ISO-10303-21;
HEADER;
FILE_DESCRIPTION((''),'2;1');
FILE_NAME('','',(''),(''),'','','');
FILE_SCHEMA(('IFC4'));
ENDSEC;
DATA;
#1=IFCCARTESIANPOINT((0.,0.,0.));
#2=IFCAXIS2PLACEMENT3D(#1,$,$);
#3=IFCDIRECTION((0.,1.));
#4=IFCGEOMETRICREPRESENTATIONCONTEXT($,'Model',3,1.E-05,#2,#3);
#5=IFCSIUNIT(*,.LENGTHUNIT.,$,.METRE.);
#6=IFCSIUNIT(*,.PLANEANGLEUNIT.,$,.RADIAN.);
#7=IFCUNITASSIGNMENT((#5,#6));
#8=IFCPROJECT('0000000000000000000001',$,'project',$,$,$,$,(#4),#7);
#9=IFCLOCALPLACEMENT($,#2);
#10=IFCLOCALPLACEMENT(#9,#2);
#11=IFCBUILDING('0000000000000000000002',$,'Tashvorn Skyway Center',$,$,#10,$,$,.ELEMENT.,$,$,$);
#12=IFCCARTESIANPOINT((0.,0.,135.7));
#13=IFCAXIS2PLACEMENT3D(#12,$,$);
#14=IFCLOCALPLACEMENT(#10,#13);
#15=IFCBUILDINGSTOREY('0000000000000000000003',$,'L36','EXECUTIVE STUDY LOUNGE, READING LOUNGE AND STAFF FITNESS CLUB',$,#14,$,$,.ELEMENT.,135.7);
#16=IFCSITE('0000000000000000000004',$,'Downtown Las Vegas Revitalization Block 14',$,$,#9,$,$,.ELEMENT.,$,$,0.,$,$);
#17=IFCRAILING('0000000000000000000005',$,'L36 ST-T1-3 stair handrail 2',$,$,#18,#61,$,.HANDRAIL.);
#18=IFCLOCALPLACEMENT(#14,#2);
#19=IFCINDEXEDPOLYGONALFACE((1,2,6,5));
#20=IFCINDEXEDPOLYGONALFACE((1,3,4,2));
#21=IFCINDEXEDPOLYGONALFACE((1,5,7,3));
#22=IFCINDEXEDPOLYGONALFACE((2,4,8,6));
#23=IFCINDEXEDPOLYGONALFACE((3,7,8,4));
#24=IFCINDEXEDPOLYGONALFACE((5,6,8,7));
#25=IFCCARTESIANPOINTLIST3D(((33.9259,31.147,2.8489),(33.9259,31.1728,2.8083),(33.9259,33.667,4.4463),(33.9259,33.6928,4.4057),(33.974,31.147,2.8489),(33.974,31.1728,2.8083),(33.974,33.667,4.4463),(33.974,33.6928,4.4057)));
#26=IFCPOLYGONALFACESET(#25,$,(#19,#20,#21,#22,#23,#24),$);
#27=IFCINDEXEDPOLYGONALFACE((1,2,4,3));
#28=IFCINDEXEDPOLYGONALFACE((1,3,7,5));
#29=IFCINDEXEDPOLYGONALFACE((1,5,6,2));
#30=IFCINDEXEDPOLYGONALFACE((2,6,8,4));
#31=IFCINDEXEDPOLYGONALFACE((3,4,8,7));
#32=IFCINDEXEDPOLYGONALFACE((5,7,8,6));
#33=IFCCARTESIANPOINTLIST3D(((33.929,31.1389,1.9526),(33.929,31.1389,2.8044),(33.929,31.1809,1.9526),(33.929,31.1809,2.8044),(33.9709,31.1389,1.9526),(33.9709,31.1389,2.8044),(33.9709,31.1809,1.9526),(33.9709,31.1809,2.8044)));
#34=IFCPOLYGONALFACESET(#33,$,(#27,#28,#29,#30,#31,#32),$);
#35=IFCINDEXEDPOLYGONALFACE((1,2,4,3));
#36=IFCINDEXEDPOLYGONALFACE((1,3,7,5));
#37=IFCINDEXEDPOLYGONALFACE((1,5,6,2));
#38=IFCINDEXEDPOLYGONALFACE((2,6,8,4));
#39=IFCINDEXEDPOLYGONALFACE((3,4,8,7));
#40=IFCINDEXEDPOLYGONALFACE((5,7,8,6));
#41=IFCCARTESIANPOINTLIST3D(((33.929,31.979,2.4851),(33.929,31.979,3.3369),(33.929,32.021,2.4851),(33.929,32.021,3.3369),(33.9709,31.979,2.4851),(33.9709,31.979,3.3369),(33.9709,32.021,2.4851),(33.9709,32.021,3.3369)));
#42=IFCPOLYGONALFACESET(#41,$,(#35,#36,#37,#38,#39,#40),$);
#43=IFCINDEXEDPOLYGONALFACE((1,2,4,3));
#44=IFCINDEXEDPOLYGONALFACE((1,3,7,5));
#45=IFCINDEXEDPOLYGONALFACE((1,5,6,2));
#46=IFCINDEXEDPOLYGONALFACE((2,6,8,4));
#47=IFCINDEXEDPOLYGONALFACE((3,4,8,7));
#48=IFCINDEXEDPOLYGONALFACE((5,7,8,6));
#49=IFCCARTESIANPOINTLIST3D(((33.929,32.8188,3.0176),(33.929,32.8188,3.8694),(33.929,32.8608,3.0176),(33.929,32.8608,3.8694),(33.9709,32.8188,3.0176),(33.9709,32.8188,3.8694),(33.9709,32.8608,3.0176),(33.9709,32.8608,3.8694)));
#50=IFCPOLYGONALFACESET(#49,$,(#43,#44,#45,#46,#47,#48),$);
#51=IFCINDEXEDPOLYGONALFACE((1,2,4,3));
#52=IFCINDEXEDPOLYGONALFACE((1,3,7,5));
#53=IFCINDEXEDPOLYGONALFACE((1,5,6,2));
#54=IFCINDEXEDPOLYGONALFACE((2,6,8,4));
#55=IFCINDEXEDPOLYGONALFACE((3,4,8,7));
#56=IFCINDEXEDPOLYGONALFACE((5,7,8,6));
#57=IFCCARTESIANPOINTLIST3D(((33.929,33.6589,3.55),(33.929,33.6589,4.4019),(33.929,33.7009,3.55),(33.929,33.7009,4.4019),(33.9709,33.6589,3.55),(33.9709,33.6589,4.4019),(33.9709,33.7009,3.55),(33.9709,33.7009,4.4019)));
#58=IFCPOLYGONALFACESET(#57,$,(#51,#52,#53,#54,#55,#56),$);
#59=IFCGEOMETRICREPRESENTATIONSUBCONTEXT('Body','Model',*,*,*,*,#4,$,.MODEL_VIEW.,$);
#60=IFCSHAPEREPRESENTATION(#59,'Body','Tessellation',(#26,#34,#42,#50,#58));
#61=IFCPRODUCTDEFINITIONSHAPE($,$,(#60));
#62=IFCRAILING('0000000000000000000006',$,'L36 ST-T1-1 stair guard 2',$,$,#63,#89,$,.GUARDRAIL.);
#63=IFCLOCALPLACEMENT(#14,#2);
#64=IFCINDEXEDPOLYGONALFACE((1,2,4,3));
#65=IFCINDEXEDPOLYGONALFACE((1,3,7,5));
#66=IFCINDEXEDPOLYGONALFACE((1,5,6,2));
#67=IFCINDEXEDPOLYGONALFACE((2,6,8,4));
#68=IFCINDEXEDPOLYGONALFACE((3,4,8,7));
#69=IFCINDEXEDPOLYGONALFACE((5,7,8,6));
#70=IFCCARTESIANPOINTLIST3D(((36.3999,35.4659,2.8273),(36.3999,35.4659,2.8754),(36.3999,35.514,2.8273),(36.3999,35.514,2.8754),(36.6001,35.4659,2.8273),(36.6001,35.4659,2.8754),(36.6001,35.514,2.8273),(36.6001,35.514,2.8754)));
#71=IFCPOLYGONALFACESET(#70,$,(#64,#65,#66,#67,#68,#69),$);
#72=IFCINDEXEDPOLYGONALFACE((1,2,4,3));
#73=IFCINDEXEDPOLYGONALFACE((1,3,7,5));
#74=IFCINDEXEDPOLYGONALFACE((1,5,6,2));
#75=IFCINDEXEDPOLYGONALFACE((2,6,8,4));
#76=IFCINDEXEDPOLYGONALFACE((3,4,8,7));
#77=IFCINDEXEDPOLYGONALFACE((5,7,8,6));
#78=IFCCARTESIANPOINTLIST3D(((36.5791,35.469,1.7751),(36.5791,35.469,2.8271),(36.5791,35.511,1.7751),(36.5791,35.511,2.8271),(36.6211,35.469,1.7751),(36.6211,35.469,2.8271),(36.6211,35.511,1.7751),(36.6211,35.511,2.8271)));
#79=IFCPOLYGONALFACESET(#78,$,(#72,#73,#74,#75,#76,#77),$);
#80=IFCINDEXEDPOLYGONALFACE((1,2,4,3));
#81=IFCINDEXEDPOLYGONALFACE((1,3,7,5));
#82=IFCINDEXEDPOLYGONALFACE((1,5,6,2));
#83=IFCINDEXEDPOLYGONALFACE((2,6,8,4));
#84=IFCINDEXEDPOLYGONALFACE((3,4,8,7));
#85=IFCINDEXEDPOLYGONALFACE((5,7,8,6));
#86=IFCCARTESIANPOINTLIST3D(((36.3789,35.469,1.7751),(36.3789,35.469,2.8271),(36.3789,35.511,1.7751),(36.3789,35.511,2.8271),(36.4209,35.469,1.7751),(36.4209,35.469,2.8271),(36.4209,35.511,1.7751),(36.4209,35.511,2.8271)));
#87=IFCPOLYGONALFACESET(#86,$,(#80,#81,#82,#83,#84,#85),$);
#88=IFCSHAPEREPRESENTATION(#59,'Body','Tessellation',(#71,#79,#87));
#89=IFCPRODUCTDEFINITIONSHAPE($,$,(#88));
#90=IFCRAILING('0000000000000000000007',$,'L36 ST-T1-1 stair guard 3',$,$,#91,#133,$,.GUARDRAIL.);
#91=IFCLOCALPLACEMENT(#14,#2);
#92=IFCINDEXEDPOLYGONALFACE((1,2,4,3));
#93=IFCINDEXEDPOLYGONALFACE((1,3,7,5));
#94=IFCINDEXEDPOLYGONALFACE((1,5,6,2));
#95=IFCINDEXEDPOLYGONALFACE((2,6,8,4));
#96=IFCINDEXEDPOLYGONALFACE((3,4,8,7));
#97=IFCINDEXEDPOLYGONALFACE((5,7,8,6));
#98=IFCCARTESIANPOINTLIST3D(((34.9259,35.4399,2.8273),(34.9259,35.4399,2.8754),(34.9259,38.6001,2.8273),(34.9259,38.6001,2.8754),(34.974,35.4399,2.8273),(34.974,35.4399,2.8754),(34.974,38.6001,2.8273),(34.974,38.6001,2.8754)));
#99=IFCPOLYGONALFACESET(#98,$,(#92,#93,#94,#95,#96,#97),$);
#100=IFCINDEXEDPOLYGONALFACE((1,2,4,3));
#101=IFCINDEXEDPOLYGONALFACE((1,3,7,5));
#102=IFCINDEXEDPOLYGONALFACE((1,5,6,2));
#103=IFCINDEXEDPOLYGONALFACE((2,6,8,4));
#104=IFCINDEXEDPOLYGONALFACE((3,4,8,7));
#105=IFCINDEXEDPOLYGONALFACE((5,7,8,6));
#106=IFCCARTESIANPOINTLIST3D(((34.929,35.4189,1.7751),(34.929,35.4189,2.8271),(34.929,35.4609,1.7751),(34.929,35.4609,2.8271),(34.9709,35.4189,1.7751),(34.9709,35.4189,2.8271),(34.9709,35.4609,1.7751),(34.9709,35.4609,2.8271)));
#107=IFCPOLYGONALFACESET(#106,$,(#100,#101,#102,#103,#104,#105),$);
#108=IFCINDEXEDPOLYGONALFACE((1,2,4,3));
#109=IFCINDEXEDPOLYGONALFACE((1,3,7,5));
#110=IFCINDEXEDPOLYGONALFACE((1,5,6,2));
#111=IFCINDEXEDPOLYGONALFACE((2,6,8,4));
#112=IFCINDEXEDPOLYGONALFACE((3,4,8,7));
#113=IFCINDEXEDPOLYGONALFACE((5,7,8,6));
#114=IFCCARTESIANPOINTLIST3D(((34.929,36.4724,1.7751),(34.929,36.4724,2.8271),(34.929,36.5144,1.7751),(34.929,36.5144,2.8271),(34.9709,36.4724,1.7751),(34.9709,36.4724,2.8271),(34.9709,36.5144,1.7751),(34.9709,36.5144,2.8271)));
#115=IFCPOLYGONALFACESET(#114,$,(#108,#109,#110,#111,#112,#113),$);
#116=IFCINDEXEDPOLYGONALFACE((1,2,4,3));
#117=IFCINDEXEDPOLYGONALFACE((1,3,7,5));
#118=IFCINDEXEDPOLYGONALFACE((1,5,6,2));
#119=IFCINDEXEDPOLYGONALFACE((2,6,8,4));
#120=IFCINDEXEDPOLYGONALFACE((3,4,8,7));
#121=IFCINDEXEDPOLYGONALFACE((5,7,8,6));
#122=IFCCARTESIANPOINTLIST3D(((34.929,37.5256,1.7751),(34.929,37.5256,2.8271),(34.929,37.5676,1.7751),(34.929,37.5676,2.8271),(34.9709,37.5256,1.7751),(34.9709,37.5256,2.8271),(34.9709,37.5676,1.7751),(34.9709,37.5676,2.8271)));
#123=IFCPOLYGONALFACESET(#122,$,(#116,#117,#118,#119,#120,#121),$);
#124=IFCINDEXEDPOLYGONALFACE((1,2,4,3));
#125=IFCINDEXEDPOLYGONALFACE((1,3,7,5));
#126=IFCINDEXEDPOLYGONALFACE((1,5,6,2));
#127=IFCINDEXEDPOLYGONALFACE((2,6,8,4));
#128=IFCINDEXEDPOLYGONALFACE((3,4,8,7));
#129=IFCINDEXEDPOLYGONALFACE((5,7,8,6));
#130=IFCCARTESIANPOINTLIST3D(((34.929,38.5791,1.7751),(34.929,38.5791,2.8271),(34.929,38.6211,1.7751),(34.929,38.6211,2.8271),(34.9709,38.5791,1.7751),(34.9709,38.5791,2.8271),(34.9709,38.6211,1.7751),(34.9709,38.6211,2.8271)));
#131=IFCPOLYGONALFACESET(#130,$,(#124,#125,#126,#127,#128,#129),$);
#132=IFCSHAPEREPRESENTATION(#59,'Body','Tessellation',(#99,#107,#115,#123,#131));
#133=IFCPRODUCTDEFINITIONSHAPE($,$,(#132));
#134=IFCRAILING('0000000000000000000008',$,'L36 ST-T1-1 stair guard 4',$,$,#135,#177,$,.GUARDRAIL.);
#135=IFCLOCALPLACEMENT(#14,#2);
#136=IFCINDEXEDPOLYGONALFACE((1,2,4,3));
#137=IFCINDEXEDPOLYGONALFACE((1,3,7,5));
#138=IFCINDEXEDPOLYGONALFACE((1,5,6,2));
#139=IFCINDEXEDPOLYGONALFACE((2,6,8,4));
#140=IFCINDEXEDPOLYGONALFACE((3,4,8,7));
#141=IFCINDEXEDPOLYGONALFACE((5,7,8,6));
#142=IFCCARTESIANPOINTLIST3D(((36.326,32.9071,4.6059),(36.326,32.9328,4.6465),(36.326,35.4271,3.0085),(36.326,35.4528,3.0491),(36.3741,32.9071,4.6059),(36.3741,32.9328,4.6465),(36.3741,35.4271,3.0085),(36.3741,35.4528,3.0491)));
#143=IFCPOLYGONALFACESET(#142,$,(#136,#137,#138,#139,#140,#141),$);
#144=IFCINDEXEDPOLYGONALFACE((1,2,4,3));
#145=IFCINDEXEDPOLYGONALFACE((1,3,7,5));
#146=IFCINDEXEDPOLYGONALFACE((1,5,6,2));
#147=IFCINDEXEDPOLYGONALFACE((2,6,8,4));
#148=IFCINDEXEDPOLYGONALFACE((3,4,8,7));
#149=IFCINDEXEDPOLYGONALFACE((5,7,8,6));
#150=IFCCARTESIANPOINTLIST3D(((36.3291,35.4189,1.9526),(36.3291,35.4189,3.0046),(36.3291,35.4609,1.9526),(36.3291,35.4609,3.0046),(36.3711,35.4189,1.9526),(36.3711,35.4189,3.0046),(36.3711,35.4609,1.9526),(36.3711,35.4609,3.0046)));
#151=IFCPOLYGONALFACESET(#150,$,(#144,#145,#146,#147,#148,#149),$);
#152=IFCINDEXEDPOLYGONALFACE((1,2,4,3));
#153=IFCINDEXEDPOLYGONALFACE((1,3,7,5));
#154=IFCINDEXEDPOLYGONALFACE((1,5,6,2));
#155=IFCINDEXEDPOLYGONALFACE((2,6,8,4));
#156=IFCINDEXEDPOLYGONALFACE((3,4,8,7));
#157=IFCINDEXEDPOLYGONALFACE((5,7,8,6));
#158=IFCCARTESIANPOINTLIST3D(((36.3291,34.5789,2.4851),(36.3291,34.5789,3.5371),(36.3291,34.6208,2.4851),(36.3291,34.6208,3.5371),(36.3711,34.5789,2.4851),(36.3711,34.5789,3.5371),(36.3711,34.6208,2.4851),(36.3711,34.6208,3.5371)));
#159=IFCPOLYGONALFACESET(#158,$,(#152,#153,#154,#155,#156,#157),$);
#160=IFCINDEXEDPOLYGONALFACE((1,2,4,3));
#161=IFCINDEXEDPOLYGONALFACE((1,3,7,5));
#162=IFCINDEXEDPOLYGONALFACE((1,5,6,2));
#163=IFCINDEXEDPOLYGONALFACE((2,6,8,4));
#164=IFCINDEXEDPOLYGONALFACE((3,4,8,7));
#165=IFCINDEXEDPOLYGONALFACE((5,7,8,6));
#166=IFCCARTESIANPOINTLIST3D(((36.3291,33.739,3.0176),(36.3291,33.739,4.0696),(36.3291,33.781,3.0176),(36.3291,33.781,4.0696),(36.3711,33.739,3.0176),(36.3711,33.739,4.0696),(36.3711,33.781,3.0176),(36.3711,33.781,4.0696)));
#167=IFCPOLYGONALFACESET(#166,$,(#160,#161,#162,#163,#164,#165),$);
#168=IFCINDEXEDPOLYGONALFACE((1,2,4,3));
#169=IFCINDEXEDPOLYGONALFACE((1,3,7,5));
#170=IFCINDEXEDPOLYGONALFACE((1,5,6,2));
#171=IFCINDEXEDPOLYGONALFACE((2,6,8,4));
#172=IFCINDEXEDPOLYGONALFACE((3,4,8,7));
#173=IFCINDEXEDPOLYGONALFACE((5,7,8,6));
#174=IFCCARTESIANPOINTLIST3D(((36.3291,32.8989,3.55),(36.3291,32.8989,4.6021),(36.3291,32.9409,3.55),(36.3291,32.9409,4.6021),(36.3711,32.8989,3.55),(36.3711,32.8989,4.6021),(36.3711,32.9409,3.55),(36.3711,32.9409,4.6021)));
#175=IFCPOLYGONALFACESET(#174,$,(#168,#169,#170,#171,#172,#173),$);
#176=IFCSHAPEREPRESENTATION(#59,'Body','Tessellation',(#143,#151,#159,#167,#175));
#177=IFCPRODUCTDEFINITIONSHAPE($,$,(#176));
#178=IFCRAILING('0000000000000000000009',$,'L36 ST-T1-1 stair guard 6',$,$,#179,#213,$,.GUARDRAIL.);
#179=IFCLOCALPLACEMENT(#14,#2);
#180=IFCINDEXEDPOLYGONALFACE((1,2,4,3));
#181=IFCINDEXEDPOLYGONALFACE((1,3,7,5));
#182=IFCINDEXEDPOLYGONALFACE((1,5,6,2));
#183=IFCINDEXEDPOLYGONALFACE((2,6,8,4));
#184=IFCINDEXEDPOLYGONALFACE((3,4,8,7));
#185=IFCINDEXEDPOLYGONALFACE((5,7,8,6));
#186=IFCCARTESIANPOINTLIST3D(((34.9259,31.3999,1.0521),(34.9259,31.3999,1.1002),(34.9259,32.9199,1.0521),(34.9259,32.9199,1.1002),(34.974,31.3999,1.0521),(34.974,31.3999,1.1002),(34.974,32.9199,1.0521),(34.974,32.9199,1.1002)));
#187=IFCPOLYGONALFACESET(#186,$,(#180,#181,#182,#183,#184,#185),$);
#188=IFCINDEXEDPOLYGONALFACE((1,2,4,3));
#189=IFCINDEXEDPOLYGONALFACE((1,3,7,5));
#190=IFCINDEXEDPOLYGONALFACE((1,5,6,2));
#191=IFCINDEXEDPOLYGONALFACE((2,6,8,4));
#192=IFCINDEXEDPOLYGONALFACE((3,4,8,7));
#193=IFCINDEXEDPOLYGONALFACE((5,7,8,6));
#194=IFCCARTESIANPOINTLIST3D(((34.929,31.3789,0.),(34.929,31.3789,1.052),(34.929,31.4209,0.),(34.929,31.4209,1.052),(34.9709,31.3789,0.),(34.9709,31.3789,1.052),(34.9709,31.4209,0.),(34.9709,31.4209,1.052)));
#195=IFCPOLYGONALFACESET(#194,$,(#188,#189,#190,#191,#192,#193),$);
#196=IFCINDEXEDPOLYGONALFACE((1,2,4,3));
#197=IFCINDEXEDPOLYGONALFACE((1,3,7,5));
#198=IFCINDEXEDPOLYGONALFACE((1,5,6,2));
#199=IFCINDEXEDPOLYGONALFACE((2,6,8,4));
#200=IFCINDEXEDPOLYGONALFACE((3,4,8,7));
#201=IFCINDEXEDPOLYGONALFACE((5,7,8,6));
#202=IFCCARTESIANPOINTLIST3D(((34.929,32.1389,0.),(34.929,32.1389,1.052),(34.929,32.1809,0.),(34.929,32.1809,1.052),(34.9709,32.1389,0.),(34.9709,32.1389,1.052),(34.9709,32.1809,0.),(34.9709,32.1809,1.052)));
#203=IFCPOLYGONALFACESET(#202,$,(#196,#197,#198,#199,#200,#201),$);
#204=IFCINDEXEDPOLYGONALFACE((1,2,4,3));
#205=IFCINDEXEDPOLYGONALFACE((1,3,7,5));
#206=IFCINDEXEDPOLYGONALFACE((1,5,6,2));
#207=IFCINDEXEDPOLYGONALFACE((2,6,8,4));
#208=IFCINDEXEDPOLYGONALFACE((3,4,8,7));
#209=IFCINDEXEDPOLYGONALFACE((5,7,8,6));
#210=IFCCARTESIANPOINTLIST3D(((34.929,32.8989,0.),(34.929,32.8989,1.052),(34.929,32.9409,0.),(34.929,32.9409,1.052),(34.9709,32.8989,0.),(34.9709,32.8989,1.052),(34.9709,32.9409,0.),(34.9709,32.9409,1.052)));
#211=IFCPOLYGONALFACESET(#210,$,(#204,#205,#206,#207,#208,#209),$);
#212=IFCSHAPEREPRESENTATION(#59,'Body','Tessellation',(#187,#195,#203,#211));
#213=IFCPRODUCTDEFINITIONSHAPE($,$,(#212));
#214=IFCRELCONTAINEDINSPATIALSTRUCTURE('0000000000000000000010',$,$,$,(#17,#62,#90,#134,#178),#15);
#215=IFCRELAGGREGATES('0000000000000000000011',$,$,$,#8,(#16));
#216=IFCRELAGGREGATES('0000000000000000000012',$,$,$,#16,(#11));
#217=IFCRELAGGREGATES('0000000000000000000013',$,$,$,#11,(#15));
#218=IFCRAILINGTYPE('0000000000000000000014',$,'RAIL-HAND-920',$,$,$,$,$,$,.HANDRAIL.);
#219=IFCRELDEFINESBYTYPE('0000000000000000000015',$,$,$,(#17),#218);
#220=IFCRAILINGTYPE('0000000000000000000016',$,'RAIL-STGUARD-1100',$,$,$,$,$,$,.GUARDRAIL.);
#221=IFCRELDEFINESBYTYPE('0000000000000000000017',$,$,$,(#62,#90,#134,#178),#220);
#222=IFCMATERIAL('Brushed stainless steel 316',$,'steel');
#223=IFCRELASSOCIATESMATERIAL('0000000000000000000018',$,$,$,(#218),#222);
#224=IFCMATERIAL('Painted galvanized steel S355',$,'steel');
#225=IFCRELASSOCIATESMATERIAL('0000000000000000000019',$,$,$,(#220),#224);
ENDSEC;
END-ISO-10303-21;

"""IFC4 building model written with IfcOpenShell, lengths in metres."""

from ifc_helpers import new_model, si_unit, direction, frame, origin, origin_2d, place, context, subcontext, project, spatial, rectangle, extrude, material, type_object, element, save


model = new_model("IFC4")

# Units and contexts
model_context = context("Model", 3, precision=1e-05, world=origin(), true_north=direction((0.0, 1.0)))
body_context = subcontext(model_context, "Body", "Model", "MODEL_VIEW")
ifc_project = project(units=[si_unit("LENGTHUNIT", "METRE"), si_unit("PLANEANGLEUNIT", "RADIAN")], contexts=[model_context])

# Site, building, storey
site_placement = place(None, origin())
site = spatial("IfcSite", under=ifc_project, at=site_placement, Name="Downtown Las Vegas Revitalization Block 14", CompositionType="ELEMENT", RefElevation=0.0)
building_placement = place(site_placement, origin())
building = spatial("IfcBuilding", under=site, at=building_placement, Name="Tashvorn Skyway Center", CompositionType="ELEMENT")
storey_placement = place(building_placement, frame((0.0, 0.0, 135.7)))
storey = spatial("IfcBuildingStorey", under=building, at=storey_placement, Name="L36", Description="EXECUTIVE STUDY LOUNGE, READING LOUNGE AND STAFF FITNESS CLUB", CompositionType="ELEMENT", Elevation=135.7)

# Railings
ifc_material_1 = material(Name="Brushed stainless steel 316", Category="steel")
railing_type_1 = type_object("IfcRailingType", Name="RAIL-HAND-920", PredefinedType="HANDRAIL", material=ifc_material_1)
railing_1_placement = place(storey_placement, frame((33.95, 31.1599, 1.9526)))
element("IfcRailing", 1, at=railing_1_placement, inside=storey, type_object=railing_type_1, Name="L36 ST-T1-3 stair handrail 2", PredefinedType="HANDRAIL", context=body_context, shape_type="SweptSolid", body=[
    extrude(rectangle(XDim=0.0481, YDim=0.0481, at=origin_2d()), frame((0.0, 0.0, 0.876), z_axis=(0.0, 0.844607, 0.535387), x_axis=(-1.0, 0.0, 0.0)), (0.0, 0.0, 1.0), 2.9836),
    extrude(rectangle(XDim=0.042, YDim=0.042, at=origin_2d()), origin(), (0.0, 0.0, 1.0), 0.8518),
    extrude(rectangle(XDim=0.042, YDim=0.042, at=origin_2d()), frame((0.0, 0.8401, 0.5325)), (0.0, 0.0, 1.0), 0.8518),
    extrude(rectangle(XDim=0.042, YDim=0.042, at=origin_2d()), frame((0.0, 1.6799, 1.0649)), (0.0, 0.0, 1.0), 0.8518),
    extrude(rectangle(XDim=0.042, YDim=0.042, at=origin_2d()), frame((0.0, 2.52, 1.5974)), (0.0, 0.0, 1.0), 0.8518),
])
ifc_material_2 = material(Name="Painted galvanized steel S355", Category="steel")
railing_type_2 = type_object("IfcRailingType", Name="RAIL-STGUARD-1100", PredefinedType="GUARDRAIL", material=ifc_material_2)
railing_2_placement = place(storey_placement, frame((36.6001, 35.49, 1.7751)))
element("IfcRailing", 2, at=railing_2_placement, inside=storey, type_object=railing_type_2, Name="L36 ST-T1-1 stair guard 2", PredefinedType="GUARDRAIL", context=body_context, shape_type="SweptSolid", body=[
    extrude(rectangle(XDim=0.0481, YDim=0.0481, at=origin_2d()), frame((0.0, 0.0, 1.0762), z_axis=(-1.0, 0.0, 0.0), x_axis=(0.0, -1.0, 0.0)), (0.0, 0.0, 1.0), 0.2002),
    extrude(rectangle(XDim=0.042, YDim=0.042, at=origin_2d()), origin(), (0.0, 0.0, 1.0), 1.052),
    extrude(rectangle(XDim=0.042, YDim=0.042, at=origin_2d()), frame((-0.2002, 0.0, 0.0)), (0.0, 0.0, 1.0), 1.052),
])
railing_3_placement = place(storey_placement, frame((34.95, 35.4399, 1.7751)))
element("IfcRailing", 3, at=railing_3_placement, inside=storey, type_object=railing_type_2, Name="L36 ST-T1-1 stair guard 3", PredefinedType="GUARDRAIL", context=body_context, shape_type="SweptSolid", body=[
    extrude(rectangle(XDim=0.0481, YDim=0.0481, at=origin_2d()), frame((0.0, 0.0, 1.0762), z_axis=(0.0, 1.0, 0.0), x_axis=(-1.0, 0.0, 0.0)), (0.0, 0.0, 1.0), 3.1602),
    extrude(rectangle(XDim=0.042, YDim=0.042, at=origin_2d()), origin(), (0.0, 0.0, 1.0), 1.052),
    extrude(rectangle(XDim=0.042, YDim=0.042, at=origin_2d()), frame((0.0, 1.0535, 0.0)), (0.0, 0.0, 1.0), 1.052),
    extrude(rectangle(XDim=0.042, YDim=0.042, at=origin_2d()), frame((0.0, 2.1067, 0.0)), (0.0, 0.0, 1.0), 1.052),
    extrude(rectangle(XDim=0.042, YDim=0.042, at=origin_2d()), frame((0.0, 3.1602, 0.0)), (0.0, 0.0, 1.0), 1.052),
])
railing_4_placement = place(storey_placement, frame((36.3501, 35.4399, 1.9526)))
element("IfcRailing", 4, at=railing_4_placement, inside=storey, type_object=railing_type_2, Name="L36 ST-T1-1 stair guard 4", PredefinedType="GUARDRAIL", context=body_context, shape_type="SweptSolid", body=[
    extrude(rectangle(XDim=0.0481, YDim=0.0481, at=origin_2d()), frame((0.0, 0.0, 1.0762), z_axis=(0.0, -0.844607, 0.535387), x_axis=(1.0, 0.0, 0.0)), (0.0, 0.0, 1.0), 2.9836),
    extrude(rectangle(XDim=0.042, YDim=0.042, at=origin_2d()), origin(), (0.0, 0.0, 1.0), 1.052),
    extrude(rectangle(XDim=0.042, YDim=0.042, at=origin_2d()), frame((0.0, -0.8401, 0.5325)), (0.0, 0.0, 1.0), 1.052),
    extrude(rectangle(XDim=0.042, YDim=0.042, at=origin_2d()), frame((0.0, -1.6799, 1.0649)), (0.0, 0.0, 1.0), 1.052),
    extrude(rectangle(XDim=0.042, YDim=0.042, at=origin_2d()), frame((0.0, -2.52, 1.5974)), (0.0, 0.0, 1.0), 1.052),
])
railing_5_placement = place(storey_placement, frame((34.95, 31.3999, 0.0)))
element("IfcRailing", 5, at=railing_5_placement, inside=storey, type_object=railing_type_2, Name="L36 ST-T1-1 stair guard 6", PredefinedType="GUARDRAIL", context=body_context, shape_type="SweptSolid", body=[
    extrude(rectangle(XDim=0.0481, YDim=0.0481, at=origin_2d()), frame((0.0, 0.0, 1.0762), z_axis=(0.0, 1.0, 0.0), x_axis=(-1.0, 0.0, 0.0)), (0.0, 0.0, 1.0), 1.52),
    extrude(rectangle(XDim=0.042, YDim=0.042, at=origin_2d()), origin(), (0.0, 0.0, 1.0), 1.052),
    extrude(rectangle(XDim=0.042, YDim=0.042, at=origin_2d()), frame((0.0, 0.76, 0.0)), (0.0, 0.0, 1.0), 1.052),
    extrude(rectangle(XDim=0.042, YDim=0.042, at=origin_2d()), frame((0.0, 1.52, 0.0)), (0.0, 0.0, 1.0), 1.052),
])

save(model, "model.ifc")
